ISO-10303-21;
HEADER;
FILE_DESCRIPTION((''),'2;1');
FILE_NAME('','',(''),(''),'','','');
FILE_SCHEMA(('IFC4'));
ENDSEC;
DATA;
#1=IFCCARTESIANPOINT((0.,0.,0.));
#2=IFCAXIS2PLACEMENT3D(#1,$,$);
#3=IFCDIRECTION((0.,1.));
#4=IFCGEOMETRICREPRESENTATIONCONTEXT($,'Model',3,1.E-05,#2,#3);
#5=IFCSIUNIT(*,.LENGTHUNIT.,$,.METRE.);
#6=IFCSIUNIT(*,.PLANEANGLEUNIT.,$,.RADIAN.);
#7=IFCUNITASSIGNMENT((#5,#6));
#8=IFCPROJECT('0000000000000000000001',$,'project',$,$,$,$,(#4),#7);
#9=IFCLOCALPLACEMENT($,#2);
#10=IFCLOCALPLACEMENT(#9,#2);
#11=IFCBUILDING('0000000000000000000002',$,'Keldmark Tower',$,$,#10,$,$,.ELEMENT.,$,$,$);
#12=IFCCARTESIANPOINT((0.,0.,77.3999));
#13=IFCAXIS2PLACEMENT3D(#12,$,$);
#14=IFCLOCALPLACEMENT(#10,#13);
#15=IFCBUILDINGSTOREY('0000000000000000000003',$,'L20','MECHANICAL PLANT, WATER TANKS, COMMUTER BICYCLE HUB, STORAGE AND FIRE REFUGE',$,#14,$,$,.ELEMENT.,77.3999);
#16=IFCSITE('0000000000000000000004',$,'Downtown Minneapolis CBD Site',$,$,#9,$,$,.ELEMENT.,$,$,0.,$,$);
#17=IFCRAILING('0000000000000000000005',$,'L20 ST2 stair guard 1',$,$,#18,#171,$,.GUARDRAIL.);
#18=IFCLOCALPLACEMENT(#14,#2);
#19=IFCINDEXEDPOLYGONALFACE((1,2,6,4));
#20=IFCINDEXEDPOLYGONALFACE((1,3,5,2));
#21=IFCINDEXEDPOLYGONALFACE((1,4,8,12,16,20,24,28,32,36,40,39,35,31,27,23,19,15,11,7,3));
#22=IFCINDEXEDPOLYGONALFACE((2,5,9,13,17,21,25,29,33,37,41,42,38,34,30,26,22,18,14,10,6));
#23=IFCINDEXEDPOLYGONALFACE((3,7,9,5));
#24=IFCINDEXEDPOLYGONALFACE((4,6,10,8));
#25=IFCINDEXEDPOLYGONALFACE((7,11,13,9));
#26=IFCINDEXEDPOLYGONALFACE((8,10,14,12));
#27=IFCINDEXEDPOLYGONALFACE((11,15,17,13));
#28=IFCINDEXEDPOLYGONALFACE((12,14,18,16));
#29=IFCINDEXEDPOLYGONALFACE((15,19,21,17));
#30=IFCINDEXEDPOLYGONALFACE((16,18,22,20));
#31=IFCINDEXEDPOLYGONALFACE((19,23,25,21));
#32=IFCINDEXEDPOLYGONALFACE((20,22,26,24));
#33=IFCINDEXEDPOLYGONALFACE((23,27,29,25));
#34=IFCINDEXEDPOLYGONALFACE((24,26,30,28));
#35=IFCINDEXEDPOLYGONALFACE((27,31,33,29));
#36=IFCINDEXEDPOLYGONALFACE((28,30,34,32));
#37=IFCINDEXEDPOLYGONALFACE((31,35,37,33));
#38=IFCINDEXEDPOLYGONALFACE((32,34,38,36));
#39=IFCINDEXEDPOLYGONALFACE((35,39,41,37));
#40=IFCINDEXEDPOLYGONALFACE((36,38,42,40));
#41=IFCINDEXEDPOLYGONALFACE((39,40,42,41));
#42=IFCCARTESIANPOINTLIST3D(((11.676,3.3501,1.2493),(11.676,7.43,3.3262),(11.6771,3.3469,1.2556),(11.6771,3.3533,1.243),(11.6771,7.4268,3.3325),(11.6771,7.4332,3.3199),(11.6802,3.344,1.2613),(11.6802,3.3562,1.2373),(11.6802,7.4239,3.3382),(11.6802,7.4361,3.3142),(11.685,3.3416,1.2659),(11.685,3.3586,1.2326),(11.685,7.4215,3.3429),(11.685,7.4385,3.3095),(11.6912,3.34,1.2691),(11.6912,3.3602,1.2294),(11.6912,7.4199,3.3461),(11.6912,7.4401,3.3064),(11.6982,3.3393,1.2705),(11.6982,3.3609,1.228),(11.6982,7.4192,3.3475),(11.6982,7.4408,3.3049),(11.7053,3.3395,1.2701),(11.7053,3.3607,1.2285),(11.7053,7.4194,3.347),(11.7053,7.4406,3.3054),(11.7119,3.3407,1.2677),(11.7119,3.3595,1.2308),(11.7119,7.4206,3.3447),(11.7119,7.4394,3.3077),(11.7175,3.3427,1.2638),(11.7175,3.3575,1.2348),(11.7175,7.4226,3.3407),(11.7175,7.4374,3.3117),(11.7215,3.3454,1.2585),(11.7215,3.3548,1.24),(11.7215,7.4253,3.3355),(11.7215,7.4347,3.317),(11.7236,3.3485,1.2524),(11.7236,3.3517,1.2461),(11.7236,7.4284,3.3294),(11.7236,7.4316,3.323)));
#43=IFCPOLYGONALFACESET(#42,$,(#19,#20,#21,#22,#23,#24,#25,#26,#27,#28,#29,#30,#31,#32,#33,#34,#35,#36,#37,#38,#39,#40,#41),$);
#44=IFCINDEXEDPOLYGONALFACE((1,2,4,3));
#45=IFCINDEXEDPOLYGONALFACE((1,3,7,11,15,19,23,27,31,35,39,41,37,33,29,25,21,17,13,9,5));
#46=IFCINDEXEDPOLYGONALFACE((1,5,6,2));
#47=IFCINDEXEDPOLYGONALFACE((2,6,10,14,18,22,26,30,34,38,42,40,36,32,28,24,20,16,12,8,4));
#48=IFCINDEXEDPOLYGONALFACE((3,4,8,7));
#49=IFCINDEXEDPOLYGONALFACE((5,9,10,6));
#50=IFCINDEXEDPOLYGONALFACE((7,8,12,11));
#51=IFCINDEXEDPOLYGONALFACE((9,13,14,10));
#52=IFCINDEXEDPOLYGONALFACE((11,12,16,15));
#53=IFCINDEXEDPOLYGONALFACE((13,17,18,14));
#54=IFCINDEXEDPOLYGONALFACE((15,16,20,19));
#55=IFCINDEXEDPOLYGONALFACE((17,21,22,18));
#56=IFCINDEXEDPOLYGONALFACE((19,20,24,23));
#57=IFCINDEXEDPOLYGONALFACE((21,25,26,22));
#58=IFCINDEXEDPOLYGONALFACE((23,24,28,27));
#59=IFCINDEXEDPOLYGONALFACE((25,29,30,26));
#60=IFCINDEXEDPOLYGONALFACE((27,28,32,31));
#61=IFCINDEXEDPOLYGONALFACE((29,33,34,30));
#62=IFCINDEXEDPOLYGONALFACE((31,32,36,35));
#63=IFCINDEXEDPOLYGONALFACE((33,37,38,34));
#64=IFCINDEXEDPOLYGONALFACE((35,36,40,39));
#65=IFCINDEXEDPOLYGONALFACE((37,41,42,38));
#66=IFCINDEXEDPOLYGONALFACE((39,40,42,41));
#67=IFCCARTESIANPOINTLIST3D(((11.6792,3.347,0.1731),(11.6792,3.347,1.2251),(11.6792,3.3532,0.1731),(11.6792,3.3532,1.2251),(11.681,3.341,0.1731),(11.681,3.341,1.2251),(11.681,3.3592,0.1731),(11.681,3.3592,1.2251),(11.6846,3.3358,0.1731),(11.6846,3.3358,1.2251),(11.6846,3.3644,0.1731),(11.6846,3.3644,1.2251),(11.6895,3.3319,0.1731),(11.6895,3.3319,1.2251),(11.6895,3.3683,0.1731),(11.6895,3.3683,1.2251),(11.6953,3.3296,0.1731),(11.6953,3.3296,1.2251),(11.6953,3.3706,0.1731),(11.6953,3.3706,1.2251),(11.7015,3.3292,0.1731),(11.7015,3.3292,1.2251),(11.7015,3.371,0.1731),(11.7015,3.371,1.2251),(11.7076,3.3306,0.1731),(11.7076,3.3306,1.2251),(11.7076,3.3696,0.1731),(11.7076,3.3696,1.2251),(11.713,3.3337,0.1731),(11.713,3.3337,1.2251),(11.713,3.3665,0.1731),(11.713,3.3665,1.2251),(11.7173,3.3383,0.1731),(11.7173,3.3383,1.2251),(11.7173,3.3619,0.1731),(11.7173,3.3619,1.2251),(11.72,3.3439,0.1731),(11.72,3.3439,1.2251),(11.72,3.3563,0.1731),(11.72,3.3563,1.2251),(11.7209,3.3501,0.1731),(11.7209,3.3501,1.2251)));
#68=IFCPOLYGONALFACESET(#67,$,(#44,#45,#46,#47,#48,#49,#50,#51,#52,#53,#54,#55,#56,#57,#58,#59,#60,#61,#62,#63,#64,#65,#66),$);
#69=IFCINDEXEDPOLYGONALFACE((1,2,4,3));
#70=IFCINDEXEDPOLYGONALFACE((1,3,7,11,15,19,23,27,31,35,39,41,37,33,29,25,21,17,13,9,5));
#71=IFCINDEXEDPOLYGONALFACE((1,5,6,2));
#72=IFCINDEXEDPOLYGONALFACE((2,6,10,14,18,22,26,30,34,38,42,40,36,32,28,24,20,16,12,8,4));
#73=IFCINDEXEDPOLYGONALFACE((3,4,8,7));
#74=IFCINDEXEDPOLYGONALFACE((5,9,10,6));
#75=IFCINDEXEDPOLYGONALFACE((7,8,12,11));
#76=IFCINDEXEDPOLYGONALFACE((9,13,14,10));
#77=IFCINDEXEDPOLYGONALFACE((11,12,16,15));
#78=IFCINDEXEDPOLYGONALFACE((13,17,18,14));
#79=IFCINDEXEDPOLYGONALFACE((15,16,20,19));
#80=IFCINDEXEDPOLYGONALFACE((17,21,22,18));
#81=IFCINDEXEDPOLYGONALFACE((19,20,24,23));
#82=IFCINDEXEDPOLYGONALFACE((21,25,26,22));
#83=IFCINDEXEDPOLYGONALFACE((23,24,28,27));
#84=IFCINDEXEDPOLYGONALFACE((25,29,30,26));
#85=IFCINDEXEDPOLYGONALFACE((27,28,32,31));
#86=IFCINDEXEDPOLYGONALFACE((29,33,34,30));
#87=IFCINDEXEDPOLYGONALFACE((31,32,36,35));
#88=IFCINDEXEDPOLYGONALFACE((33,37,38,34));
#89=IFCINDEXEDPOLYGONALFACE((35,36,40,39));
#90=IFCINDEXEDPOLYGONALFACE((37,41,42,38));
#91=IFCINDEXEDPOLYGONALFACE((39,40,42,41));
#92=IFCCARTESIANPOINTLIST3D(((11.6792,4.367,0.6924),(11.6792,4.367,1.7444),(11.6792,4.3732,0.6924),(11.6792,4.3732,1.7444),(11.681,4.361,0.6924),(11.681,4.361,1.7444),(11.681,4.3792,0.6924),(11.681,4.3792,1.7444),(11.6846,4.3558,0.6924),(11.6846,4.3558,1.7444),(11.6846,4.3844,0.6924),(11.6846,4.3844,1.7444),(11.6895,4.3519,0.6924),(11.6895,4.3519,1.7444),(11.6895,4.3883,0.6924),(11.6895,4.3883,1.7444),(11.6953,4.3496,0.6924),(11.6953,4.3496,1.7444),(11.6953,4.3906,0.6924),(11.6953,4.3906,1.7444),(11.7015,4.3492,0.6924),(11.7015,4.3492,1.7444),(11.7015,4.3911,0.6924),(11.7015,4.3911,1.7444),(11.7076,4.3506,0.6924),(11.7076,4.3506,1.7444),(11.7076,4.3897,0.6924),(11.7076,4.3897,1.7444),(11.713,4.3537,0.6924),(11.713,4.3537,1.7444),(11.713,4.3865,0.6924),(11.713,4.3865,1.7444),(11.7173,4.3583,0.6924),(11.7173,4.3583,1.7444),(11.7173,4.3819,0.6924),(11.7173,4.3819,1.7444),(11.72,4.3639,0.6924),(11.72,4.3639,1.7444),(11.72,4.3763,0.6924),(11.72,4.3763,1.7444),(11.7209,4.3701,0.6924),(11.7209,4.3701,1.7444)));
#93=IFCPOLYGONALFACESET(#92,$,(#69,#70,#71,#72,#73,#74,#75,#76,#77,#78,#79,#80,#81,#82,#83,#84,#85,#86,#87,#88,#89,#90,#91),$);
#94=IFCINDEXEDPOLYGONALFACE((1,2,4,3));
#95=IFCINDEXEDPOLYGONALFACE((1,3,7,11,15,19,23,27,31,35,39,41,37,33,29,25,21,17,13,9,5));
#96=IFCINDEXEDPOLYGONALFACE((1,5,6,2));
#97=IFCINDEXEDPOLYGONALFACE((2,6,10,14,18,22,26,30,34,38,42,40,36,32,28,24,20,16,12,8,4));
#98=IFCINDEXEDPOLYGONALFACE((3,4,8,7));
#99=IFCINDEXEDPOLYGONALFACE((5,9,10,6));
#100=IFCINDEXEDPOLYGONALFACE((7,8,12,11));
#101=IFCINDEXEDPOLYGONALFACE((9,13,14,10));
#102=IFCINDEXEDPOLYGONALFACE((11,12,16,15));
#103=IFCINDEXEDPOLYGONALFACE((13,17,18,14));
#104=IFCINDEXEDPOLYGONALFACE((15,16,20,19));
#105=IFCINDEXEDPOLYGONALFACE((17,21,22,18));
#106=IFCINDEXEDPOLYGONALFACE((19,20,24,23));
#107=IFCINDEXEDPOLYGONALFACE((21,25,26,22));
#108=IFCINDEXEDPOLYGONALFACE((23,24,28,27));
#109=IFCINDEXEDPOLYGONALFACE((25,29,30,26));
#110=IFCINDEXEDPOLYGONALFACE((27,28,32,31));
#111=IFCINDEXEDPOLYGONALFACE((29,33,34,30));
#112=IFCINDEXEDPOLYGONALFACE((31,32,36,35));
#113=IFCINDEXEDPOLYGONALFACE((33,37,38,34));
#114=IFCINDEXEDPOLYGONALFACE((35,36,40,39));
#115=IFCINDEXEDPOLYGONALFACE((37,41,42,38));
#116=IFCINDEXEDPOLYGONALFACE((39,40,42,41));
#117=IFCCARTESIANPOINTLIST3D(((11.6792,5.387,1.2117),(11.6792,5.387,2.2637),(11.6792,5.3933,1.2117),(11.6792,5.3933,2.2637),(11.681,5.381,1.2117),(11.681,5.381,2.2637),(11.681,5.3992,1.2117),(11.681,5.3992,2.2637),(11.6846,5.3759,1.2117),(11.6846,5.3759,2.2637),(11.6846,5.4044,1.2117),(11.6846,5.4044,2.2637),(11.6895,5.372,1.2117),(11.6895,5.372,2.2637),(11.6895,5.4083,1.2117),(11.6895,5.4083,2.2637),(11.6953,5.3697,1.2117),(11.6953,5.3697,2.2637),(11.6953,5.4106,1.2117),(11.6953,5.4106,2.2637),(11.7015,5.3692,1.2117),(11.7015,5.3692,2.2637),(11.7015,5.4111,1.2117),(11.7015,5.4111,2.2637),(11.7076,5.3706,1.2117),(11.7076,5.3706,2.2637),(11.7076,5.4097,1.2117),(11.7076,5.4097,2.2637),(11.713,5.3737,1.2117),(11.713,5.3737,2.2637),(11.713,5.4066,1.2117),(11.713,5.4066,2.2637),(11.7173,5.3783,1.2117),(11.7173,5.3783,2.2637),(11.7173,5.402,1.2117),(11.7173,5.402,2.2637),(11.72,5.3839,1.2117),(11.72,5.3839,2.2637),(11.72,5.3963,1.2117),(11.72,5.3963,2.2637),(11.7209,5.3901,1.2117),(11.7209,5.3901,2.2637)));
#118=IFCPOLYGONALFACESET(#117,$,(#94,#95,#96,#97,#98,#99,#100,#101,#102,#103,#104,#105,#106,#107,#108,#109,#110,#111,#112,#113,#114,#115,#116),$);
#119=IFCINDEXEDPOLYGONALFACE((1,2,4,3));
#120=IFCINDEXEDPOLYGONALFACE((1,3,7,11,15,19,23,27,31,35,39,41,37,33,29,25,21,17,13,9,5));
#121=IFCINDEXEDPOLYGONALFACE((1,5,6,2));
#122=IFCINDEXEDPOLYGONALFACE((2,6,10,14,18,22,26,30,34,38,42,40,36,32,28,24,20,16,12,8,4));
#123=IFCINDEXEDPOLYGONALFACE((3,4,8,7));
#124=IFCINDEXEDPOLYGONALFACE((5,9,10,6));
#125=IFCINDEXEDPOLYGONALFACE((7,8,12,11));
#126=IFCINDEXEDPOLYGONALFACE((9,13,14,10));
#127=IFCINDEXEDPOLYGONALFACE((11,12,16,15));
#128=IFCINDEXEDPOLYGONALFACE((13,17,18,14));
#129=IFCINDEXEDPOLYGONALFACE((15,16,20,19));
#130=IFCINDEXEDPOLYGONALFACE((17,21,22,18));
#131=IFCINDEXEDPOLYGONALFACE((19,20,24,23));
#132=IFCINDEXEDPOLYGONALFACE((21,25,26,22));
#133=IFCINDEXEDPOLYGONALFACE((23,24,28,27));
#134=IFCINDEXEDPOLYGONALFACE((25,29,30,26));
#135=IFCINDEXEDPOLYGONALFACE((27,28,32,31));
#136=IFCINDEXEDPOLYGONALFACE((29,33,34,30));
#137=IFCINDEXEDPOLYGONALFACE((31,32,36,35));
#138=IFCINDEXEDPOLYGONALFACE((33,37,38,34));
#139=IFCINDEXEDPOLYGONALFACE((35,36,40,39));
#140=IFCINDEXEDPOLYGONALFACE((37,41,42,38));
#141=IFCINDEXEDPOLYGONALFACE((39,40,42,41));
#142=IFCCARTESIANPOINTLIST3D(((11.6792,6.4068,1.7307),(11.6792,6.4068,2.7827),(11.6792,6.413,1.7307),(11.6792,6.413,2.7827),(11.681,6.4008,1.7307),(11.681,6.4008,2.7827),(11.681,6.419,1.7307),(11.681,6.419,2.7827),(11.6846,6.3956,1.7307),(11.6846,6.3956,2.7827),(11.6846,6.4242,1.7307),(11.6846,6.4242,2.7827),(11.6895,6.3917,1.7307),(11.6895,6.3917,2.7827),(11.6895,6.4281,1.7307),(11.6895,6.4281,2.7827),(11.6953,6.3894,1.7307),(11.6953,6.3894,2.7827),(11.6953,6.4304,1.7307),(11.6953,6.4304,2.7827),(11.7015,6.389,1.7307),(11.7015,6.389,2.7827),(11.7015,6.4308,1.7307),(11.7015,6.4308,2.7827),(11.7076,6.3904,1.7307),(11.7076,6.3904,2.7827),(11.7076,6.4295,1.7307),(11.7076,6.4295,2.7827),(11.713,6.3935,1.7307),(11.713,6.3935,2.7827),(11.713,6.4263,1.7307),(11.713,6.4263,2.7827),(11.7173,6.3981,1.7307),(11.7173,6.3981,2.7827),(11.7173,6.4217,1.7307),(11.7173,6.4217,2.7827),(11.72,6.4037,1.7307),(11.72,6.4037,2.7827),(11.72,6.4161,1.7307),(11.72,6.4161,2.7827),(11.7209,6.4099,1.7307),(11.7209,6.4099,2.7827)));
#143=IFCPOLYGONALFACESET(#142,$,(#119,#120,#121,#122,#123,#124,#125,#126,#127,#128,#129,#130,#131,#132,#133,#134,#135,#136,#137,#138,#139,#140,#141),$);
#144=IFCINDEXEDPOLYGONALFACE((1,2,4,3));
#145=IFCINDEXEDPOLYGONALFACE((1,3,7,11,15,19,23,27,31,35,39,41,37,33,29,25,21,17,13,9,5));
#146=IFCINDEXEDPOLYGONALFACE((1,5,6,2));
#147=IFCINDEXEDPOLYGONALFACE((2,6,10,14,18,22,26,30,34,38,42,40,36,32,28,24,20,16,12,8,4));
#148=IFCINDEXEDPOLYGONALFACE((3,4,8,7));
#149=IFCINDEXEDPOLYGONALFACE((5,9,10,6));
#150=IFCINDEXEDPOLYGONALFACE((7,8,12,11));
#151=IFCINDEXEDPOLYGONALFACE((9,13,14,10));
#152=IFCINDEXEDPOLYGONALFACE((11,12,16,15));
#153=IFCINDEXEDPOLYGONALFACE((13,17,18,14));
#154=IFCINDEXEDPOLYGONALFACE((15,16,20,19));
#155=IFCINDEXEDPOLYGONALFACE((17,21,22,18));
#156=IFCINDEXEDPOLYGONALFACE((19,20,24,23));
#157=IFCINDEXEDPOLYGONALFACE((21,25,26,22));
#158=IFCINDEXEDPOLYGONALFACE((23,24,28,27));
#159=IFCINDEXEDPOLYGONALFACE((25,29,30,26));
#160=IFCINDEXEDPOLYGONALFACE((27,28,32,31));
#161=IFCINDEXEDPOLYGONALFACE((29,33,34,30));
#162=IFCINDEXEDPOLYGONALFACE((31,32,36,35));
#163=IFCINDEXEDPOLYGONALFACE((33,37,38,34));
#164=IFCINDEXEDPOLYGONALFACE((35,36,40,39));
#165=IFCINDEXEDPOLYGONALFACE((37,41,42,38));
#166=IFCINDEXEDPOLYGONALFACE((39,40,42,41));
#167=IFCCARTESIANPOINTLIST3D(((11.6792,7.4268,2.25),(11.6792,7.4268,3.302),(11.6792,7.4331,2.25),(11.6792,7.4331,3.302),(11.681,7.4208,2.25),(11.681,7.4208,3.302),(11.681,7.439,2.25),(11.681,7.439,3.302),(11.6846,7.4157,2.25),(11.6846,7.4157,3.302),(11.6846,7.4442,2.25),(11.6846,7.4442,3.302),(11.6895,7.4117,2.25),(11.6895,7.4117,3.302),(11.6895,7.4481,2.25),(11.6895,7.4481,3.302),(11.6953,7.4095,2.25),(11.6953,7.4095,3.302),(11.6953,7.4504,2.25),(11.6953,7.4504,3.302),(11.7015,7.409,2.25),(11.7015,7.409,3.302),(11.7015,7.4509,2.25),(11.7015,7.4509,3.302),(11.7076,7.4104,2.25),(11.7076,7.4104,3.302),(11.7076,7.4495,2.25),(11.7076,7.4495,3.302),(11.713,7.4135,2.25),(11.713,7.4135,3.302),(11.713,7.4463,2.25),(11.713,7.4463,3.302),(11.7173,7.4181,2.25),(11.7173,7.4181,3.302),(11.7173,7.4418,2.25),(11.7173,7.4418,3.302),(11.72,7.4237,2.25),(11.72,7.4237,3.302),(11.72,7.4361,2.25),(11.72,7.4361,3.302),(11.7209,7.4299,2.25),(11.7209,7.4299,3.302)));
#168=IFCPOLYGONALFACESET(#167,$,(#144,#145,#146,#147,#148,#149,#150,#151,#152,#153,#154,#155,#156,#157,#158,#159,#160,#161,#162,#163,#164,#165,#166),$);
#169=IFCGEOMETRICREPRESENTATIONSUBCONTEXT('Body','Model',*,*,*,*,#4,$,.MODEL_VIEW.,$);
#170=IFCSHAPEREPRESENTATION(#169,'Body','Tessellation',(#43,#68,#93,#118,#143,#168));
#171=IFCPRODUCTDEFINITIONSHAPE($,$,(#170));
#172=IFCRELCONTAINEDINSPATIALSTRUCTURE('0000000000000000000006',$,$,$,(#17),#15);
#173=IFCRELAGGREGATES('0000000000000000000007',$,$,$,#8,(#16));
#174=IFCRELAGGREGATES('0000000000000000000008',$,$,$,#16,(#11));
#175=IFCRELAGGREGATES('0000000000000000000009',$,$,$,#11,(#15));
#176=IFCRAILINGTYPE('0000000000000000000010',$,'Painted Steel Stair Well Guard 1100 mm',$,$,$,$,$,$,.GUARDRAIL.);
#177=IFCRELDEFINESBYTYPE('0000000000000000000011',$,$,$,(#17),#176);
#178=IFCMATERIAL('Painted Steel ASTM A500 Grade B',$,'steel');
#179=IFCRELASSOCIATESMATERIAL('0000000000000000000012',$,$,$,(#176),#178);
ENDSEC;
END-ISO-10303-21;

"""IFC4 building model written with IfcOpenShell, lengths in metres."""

from ifc_helpers import new_model, si_unit, direction, frame, origin, origin_2d, place, context, subcontext, project, spatial, circle, extrude, material, type_object, element, save


model = new_model("IFC4")

# Units and contexts
model_context = context("Model", 3, precision=1e-05, world=origin(), true_north=direction((0.0, 1.0)))
body_context = subcontext(model_context, "Body", "Model", "MODEL_VIEW")
ifc_project = project(units=[si_unit("LENGTHUNIT", "METRE"), si_unit("PLANEANGLEUNIT", "RADIAN")], contexts=[model_context])

# Site, building, storey
site_placement = place(None, origin())
site = spatial("IfcSite", under=ifc_project, at=site_placement, Name="Downtown Minneapolis CBD Site", CompositionType="ELEMENT", RefElevation=0.0)
building_placement = place(site_placement, origin())
building = spatial("IfcBuilding", under=site, at=building_placement, Name="Keldmark Tower", CompositionType="ELEMENT")
storey_placement = place(building_placement, frame((0.0, 0.0, 77.3999)))
storey = spatial("IfcBuildingStorey", under=building, at=storey_placement, Name="L20", Description="MECHANICAL PLANT, WATER TANKS, COMMUTER BICYCLE HUB, STORAGE AND FIRE REFUGE", CompositionType="ELEMENT", Elevation=77.3999)

# Railing
ifc_material_1 = material(Name="Painted Steel ASTM A500 Grade B", Category="steel")
railing_type_1 = type_object("IfcRailingType", Name="Painted Steel Stair Well Guard 1100 mm", PredefinedType="GUARDRAIL", material=ifc_material_1)
railing_1_placement = place(storey_placement, frame((11.7, 3.3501, 0.1731)))
element("IfcRailing", 1, at=railing_1_placement, inside=storey, type_object=railing_type_1, Name="L20 ST2 stair guard 1", PredefinedType="GUARDRAIL", context=body_context, shape_type="SweptSolid", body=[
    extrude(circle(Radius=0.0239, at=origin_2d()), frame((0.0, 0.0, 1.0762), z_axis=(0.0, 0.891172, 0.453665), x_axis=(-1.0, 0.0, 0.0)), (0.0, 0.0, 1.0), 4.5781),
    extrude(circle(Radius=0.021, at=origin_2d()), origin(), (0.0, 0.0, 1.0), 1.052),
    extrude(circle(Radius=0.021, at=origin_2d()), frame((0.0, 1.02, 0.5193)), (0.0, 0.0, 1.0), 1.052),
    extrude(circle(Radius=0.021, at=origin_2d()), frame((0.0, 2.04, 1.0386)), (0.0, 0.0, 1.0), 1.052),
    extrude(circle(Radius=0.021, at=origin_2d()), frame((0.0, 3.0598, 1.5576)), (0.0, 0.0, 1.0), 1.052),
    extrude(circle(Radius=0.021, at=origin_2d()), frame((0.0, 4.0798, 2.0769)), (0.0, 0.0, 1.0), 1.052),
])

save(model, "model.ifc")
